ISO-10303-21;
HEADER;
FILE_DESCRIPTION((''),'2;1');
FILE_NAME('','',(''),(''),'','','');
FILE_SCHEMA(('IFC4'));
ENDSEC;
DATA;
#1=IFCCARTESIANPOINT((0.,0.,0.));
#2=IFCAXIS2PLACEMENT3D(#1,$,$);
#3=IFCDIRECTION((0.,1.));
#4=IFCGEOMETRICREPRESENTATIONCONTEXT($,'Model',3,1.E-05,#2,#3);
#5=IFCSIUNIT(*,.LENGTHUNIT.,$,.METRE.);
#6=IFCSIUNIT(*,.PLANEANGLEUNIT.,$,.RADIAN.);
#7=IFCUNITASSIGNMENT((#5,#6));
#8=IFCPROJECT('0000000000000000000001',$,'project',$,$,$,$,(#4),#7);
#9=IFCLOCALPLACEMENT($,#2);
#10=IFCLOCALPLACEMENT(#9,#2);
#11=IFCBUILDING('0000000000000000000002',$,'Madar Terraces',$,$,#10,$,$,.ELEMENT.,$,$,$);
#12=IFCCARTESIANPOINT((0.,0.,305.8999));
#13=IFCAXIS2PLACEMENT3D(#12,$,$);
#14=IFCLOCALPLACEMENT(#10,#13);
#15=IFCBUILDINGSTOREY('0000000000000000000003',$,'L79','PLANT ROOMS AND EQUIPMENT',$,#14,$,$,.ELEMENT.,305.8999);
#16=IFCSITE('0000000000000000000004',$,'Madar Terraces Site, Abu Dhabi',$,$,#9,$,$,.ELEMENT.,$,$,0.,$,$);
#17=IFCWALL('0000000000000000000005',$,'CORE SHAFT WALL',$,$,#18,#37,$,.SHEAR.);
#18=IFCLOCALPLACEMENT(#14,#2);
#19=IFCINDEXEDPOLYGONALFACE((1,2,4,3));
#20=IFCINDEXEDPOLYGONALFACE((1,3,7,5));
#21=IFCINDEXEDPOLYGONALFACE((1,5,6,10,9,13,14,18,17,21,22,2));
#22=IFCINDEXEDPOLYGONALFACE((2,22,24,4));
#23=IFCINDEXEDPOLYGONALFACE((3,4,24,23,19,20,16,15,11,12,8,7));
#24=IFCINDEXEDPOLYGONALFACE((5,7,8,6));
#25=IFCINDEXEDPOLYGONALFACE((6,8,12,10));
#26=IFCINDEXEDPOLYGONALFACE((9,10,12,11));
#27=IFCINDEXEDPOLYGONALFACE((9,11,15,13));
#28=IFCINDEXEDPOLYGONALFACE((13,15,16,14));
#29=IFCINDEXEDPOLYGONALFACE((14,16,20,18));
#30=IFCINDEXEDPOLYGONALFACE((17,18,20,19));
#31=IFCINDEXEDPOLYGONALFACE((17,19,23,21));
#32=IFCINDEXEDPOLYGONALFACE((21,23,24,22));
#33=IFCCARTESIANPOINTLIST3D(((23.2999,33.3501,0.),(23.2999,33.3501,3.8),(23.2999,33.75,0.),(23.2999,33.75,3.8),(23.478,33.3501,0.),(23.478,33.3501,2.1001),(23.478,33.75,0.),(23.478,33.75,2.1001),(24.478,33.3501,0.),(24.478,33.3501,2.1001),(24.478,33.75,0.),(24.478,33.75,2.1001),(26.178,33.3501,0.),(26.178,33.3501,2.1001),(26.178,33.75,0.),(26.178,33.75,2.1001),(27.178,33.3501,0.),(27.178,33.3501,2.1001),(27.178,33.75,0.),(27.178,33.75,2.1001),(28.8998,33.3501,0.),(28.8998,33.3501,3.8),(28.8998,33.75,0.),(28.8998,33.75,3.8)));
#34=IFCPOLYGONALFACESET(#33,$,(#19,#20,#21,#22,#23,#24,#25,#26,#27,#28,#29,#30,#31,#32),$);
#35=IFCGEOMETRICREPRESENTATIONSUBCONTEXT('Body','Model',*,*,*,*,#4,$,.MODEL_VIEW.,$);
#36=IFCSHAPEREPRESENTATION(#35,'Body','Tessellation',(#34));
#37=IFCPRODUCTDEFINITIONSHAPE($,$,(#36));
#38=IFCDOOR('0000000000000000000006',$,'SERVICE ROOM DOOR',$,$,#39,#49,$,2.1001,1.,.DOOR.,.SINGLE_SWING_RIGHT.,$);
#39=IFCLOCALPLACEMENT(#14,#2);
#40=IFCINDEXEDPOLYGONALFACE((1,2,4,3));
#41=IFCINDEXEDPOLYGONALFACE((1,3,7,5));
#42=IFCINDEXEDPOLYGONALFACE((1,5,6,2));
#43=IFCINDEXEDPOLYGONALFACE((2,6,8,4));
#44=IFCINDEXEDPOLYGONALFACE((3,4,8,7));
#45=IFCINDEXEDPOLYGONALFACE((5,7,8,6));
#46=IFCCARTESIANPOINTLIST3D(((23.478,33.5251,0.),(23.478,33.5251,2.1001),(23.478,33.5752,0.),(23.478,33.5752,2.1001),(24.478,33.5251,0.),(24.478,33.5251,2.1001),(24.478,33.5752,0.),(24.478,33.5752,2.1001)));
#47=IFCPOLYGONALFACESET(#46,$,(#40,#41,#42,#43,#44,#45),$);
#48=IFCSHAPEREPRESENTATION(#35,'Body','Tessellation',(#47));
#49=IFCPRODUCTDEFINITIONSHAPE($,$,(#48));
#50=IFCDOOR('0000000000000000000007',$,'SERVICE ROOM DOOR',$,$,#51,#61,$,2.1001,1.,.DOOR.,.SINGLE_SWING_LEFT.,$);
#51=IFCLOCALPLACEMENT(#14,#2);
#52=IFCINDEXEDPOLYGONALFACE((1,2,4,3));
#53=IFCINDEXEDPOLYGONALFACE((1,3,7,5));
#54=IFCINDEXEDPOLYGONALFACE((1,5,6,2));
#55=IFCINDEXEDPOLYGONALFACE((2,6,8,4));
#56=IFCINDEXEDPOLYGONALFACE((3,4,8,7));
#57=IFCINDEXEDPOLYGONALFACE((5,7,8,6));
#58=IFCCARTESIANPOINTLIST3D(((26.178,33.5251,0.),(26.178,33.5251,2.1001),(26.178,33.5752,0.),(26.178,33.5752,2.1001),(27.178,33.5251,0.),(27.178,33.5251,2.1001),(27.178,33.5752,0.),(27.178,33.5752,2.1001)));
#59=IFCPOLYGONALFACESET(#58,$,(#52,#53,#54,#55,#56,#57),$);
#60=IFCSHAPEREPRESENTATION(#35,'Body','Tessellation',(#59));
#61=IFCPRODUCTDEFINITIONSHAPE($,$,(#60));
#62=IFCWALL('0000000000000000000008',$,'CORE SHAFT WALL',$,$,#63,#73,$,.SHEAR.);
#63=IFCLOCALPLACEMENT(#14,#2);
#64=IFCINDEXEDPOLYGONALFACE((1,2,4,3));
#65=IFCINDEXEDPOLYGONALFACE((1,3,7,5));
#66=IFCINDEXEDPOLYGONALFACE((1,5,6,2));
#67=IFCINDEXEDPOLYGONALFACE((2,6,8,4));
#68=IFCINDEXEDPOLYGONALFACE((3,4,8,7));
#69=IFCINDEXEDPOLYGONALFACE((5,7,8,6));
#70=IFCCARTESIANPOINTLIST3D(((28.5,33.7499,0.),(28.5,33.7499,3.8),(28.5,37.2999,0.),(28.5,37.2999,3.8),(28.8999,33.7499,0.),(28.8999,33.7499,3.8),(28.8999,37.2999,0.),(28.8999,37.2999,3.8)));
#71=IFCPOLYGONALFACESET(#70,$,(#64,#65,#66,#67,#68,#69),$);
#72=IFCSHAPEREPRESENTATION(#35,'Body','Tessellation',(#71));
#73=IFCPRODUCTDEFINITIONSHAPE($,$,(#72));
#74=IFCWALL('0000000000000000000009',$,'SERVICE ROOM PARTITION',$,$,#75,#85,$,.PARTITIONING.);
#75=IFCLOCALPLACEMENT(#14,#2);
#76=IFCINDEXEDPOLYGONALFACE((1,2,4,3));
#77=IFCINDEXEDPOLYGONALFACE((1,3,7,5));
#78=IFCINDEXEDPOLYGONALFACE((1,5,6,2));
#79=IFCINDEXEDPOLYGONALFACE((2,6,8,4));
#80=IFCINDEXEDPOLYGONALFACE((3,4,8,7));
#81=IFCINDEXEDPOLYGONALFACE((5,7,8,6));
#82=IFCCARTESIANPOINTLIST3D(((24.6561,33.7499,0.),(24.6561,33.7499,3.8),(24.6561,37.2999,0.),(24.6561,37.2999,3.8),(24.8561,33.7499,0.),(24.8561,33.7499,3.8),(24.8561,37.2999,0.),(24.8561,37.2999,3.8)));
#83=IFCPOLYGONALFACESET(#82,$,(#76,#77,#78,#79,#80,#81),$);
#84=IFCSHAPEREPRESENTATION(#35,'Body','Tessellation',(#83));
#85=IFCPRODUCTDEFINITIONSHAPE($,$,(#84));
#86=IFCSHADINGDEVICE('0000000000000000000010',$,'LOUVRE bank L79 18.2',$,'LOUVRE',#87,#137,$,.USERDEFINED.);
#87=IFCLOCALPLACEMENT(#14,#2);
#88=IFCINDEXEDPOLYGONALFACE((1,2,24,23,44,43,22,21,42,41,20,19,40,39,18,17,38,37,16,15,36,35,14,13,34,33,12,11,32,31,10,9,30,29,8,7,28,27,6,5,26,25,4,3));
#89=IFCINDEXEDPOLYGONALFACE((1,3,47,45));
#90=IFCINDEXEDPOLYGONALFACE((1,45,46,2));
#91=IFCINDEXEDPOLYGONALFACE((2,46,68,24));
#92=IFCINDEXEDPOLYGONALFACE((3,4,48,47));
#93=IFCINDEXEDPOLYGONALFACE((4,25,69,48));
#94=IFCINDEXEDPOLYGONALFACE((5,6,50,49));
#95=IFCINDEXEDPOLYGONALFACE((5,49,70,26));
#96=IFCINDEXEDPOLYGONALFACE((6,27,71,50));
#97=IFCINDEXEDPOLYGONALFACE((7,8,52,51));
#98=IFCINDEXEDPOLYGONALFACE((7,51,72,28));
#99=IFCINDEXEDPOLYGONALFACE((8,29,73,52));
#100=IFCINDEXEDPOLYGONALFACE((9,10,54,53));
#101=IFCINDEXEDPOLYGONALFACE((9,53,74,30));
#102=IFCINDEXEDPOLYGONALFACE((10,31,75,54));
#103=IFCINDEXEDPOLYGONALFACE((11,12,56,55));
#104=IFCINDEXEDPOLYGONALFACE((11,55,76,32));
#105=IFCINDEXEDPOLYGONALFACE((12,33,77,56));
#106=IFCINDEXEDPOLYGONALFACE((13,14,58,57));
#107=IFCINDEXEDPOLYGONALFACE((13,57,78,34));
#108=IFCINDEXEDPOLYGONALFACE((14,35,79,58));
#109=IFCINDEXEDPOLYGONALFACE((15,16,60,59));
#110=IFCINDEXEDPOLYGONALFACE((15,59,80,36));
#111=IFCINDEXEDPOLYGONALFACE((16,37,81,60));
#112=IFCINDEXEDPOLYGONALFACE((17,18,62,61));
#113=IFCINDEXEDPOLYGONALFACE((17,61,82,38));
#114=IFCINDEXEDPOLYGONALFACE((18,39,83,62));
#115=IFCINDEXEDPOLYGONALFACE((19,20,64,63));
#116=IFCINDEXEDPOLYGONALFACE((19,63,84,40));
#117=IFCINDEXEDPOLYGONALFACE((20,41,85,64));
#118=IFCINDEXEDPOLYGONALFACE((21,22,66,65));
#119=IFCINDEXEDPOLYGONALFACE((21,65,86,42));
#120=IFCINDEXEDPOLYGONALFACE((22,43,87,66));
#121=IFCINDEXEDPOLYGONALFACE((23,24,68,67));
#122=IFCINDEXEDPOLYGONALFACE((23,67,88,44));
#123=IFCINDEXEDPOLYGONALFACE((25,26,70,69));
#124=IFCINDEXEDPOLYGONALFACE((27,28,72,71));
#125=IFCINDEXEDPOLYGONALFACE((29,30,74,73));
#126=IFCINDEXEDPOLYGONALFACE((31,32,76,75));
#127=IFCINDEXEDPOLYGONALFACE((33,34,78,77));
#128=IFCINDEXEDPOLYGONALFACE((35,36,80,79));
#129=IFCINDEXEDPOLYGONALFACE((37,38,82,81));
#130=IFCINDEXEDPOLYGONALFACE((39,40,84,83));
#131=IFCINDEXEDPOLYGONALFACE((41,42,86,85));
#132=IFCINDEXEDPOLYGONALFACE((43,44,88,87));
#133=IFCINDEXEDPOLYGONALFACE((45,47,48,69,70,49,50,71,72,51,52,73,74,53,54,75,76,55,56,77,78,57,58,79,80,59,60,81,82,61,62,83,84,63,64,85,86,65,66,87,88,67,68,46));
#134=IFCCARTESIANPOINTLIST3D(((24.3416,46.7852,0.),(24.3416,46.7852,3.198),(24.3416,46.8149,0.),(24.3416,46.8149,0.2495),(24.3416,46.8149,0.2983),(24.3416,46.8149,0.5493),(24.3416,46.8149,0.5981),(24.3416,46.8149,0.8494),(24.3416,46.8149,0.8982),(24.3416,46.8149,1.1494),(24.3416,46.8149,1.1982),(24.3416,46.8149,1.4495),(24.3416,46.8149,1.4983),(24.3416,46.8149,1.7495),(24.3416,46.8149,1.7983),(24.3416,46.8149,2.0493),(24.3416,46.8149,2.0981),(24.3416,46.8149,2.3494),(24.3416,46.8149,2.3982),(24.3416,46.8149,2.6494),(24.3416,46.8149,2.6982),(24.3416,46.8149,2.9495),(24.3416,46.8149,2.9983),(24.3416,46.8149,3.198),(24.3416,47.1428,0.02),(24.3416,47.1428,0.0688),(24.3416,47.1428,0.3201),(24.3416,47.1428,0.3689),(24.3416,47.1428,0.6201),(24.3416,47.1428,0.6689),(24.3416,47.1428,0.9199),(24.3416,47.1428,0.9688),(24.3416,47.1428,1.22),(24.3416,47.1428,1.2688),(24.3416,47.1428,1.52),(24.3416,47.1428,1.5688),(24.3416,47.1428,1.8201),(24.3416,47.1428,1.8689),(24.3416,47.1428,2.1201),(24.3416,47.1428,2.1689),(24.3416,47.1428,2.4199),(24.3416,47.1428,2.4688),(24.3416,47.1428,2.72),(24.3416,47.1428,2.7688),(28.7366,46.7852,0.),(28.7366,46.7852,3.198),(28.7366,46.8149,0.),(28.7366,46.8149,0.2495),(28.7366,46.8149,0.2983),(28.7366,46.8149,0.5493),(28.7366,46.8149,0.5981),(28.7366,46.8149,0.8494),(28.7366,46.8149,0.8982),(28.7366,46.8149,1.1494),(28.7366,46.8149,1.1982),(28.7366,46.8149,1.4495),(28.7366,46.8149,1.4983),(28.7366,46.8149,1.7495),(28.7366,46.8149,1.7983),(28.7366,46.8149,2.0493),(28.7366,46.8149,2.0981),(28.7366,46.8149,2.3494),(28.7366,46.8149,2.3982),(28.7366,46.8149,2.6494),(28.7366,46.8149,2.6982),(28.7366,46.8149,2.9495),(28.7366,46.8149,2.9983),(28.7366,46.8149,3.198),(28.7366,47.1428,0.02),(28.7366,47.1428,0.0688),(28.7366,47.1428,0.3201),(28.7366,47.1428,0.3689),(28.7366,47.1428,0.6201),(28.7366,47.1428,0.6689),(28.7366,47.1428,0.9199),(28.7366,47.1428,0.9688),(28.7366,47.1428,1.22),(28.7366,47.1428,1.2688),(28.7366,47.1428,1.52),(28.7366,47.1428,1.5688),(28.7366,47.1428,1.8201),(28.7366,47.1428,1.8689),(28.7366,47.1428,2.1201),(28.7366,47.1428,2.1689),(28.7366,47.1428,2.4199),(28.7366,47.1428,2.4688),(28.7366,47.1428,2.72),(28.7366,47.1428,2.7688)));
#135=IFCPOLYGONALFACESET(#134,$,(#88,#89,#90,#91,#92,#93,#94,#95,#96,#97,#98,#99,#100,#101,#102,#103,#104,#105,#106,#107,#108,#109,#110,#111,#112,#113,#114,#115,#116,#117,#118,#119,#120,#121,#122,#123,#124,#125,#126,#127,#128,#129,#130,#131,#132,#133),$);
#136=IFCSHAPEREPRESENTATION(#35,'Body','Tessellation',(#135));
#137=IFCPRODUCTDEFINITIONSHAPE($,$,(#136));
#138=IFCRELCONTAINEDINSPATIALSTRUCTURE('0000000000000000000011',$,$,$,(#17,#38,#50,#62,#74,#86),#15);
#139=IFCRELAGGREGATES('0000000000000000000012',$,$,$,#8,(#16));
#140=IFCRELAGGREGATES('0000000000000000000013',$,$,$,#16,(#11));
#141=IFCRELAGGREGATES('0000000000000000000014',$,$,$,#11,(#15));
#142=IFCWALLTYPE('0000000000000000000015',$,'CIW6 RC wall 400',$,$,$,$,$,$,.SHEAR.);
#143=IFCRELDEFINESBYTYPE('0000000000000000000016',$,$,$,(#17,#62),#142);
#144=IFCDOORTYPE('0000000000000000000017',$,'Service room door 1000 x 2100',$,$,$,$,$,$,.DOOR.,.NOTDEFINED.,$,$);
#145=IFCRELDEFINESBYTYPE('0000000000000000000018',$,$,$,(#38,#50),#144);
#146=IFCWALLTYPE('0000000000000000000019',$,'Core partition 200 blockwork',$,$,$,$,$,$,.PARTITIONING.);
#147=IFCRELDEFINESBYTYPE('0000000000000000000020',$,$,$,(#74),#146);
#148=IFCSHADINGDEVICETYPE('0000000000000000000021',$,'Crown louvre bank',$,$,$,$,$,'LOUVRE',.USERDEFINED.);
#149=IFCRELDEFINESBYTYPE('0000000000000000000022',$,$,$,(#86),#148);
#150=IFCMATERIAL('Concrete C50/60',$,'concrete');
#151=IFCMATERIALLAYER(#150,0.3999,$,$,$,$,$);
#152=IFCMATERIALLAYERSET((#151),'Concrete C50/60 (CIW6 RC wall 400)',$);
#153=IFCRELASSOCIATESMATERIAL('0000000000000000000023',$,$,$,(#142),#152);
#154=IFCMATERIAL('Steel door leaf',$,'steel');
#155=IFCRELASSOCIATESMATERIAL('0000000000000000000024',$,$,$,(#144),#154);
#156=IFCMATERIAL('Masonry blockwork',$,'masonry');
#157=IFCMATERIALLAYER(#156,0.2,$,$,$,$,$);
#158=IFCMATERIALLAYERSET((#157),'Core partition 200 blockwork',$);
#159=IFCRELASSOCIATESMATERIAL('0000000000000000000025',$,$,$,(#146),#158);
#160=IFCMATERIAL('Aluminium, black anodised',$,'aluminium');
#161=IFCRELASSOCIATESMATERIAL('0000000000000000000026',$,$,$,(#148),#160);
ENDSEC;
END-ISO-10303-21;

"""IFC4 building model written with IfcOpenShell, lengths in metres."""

from ifc_helpers import new_model, si_unit, direction, frame, frame_2d, origin, place, context, subcontext, project, spatial, polyline, rectangle, outline, extrude, material, layer, layer_set, type_object, element, fill, save


model = new_model("IFC4")

# Units and contexts
model_context = context("Model", 3, precision=1e-05, world=origin(), true_north=direction((0.0, 1.0)))
body_context = subcontext(model_context, "Body", "Model", "MODEL_VIEW")
ifc_project = project(units=[si_unit("LENGTHUNIT", "METRE"), si_unit("PLANEANGLEUNIT", "RADIAN")], contexts=[model_context])

# Site, building, storey
site_placement = place(None, origin())
site = spatial("IfcSite", under=ifc_project, at=site_placement, Name="Madar Terraces Site, Abu Dhabi", CompositionType="ELEMENT", RefElevation=0.0)
building_placement = place(site_placement, origin())
building = spatial("IfcBuilding", under=site, at=building_placement, Name="Madar Terraces", CompositionType="ELEMENT")
storey_placement = place(building_placement, frame((0.0, 0.0, 305.8999)))
storey = spatial("IfcBuildingStorey", under=building, at=storey_placement, Name="L79", Description="PLANT ROOMS AND EQUIPMENT", CompositionType="ELEMENT", Elevation=305.8999)

# Wall, openings, doors
ifc_material_1 = material(Name="Concrete C50/60", Category="concrete")
ifc_layer_1 = layer(ifc_material_1, 0.3999)
ifc_layer_set_1 = layer_set([ifc_layer_1], Name="Concrete C50/60 (CIW6 RC wall 400)")
wall_type_1 = type_object("IfcWallType", Name="CIW6 RC wall 400", PredefinedType="SHEAR", material=ifc_layer_set_1)
wall_1_placement = place(storey_placement, frame((23.3, 33.55, 0.0), z_axis=(0.0, 0.0, 1.0), x_axis=(1.0, 0.0, 0.0)))
wall_1 = element("IfcWall", 1, at=wall_1_placement, inside=storey, type_object=wall_type_1, Name="CORE SHAFT WALL", PredefinedType="SHEAR", context=body_context, shape_type="SweptSolid", body=[
    extrude(rectangle(XDim=5.5999, YDim=0.3999, at=frame_2d((2.7998, 0.0))), origin(), (0.0, 0.0, 1.0), 3.8),
])
opening_1_placement = place(wall_1_placement, frame((0.178, 0.0, 0.0)))
opening_1 = element("IfcOpeningElement", 2, at=opening_1_placement, cuts=wall_1, PredefinedType="OPENING", context=body_context, shape_type="SweptSolid", body=[
    extrude(rectangle(XDim=1.0, YDim=2.1001, at=frame_2d((0.5, 1.05))), frame((0.0, 0.21, 0.0), z_axis=(0.0, -1.0, 0.0), x_axis=(1.0, 0.0, 0.0)), (0.0, 0.0, 1.0), 0.4199),
])
opening_2_placement = place(wall_1_placement, frame((2.8779, 0.0, 0.0)))
opening_2 = element("IfcOpeningElement", 3, at=opening_2_placement, cuts=wall_1, PredefinedType="OPENING", context=body_context, shape_type="SweptSolid", body=[
    extrude(rectangle(XDim=1.0, YDim=2.1001, at=frame_2d((0.5, 1.05))), frame((0.0, 0.21, 0.0), z_axis=(0.0, -1.0, 0.0), x_axis=(1.0, 0.0, 0.0)), (0.0, 0.0, 1.0), 0.4199),
])
ifc_material_2 = material(Name="Steel door leaf", Category="steel")
door_type = type_object("IfcDoorType", Name="Service room door 1000 x 2100", OperationType="NOTDEFINED", PredefinedType="DOOR", material=ifc_material_2)
door_1_placement = place(opening_1_placement, frame((1.0, 0.0, 0.0), z_axis=(0.0, 0.0, 1.0), x_axis=(-1.0, 0.0, 0.0)))
door_1 = element("IfcDoor", 4, at=door_1_placement, inside=storey, type_object=door_type, Name="SERVICE ROOM DOOR", OperationType="SINGLE_SWING_RIGHT", OverallHeight=2.1001, OverallWidth=1.0, PredefinedType="DOOR", context=body_context, shape_type="SweptSolid", body=[
    extrude(rectangle(XDim=1.0, YDim=2.1001, at=frame_2d((0.5, 1.05))), frame((0.0, 0.0249, 0.0), z_axis=(0.0, -1.0, 0.0), x_axis=(1.0, 0.0, 0.0)), (0.0, 0.0, 1.0), 0.05),
])
fill(opening_1, door_1)
door_2_placement = place(opening_2_placement, frame((1.0, 0.0, 0.0), z_axis=(0.0, 0.0, 1.0), x_axis=(-1.0, 0.0, 0.0)))
door_2 = element("IfcDoor", 5, at=door_2_placement, inside=storey, type_object=door_type, Name="SERVICE ROOM DOOR", OperationType="SINGLE_SWING_LEFT", OverallHeight=2.1001, OverallWidth=1.0, PredefinedType="DOOR", context=body_context, shape_type="SweptSolid", body=[
    extrude(rectangle(XDim=1.0, YDim=2.1001, at=frame_2d((0.5, 1.05))), frame((0.0, 0.0249, 0.0), z_axis=(0.0, -1.0, 0.0), x_axis=(1.0, 0.0, 0.0)), (0.0, 0.0, 1.0), 0.05),
])
fill(opening_2, door_2)

# Walls
wall_2_placement = place(storey_placement, frame((28.7, 33.75, 0.0), z_axis=(0.0, 0.0, 1.0), x_axis=(0.0, 1.0, 0.0)))
element("IfcWall", 6, at=wall_2_placement, inside=storey, type_object=wall_type_1, Name="CORE SHAFT WALL", PredefinedType="SHEAR", context=body_context, shape_type="SweptSolid", body=[
    extrude(rectangle(XDim=3.55, YDim=0.3999, at=frame_2d((1.7749, 0.0))), origin(), (0.0, 0.0, 1.0), 3.8),
])
ifc_material_3 = material(Name="Masonry blockwork", Category="masonry")
ifc_layer_2 = layer(ifc_material_3, 0.2)
ifc_layer_set_2 = layer_set([ifc_layer_2], Name="Core partition 200 blockwork")
wall_type_2 = type_object("IfcWallType", Name="Core partition 200 blockwork", PredefinedType="PARTITIONING", material=ifc_layer_set_2)
wall_3_placement = place(storey_placement, frame((24.7561, 33.75, 0.0), z_axis=(0.0, 0.0, 1.0), x_axis=(0.0, 1.0, 0.0)))
element("IfcWall", 7, at=wall_3_placement, inside=storey, type_object=wall_type_2, Name="SERVICE ROOM PARTITION", PredefinedType="PARTITIONING", context=body_context, shape_type="SweptSolid", body=[
    extrude(rectangle(XDim=3.55, YDim=0.2, at=frame_2d((1.7749, 0.0))), origin(), (0.0, 0.0, 1.0), 3.8),
])

# Shading device
ifc_material_4 = material(Name="Aluminium, black anodised", Category="aluminium")
shading_device_type = type_object("IfcShadingDeviceType", Name="Crown louvre bank", ElementType="LOUVRE", PredefinedType="USERDEFINED", material=ifc_material_4)
shading_device_1_placement = place(storey_placement, frame((28.7366, 46.8, 0.0), z_axis=(-1.0, 0.0, 0.0), x_axis=(0.0, -1.0, 0.0)))
element("IfcShadingDevice", 8, at=shading_device_1_placement, inside=storey, type_object=shading_device_type, Name="LOUVRE bank L79 18.2", ObjectType="LOUVRE", PredefinedType="USERDEFINED", context=body_context, shape_type="SweptSolid", body=[
    extrude(outline(polyline([(0.0149, 0.0), (-0.0149, 0.0), (-0.0149, 0.2495), (-0.3428, 0.02), (-0.3428, 0.0688), (-0.0149, 0.2983), (-0.0149, 0.5493), (-0.3428, 0.3201), (-0.3428, 0.3689), (-0.0149, 0.5981), (-0.0149, 0.8494), (-0.3428, 0.6201), (-0.3428, 0.6689), (-0.0149, 0.8982), (-0.0149, 1.1494), (-0.3428, 0.9199), (-0.3428, 0.9688), (-0.0149, 1.1982), (-0.0149, 1.4495), (-0.3428, 1.22), (-0.3428, 1.2688), (-0.0149, 1.4983), (-0.0149, 1.7495), (-0.3428, 1.52), (-0.3428, 1.5688), (-0.0149, 1.7983), (-0.0149, 2.0493), (-0.3428, 1.8201), (-0.3428, 1.8689), (-0.0149, 2.0981), (-0.0149, 2.3494), (-0.3428, 2.1201), (-0.3428, 2.1689), (-0.0149, 2.3982), (-0.0149, 2.6494), (-0.3428, 2.4199), (-0.3428, 2.4688), (-0.0149, 2.6982), (-0.0149, 2.9495), (-0.3428, 2.72), (-0.3428, 2.7688), (-0.0149, 2.9983), (-0.0149, 3.198), (0.0149, 3.198), (0.0149, 0.0)])), origin(), (0.0, 0.0, 1.0), 4.395),
])

save(model, "model.ifc")
